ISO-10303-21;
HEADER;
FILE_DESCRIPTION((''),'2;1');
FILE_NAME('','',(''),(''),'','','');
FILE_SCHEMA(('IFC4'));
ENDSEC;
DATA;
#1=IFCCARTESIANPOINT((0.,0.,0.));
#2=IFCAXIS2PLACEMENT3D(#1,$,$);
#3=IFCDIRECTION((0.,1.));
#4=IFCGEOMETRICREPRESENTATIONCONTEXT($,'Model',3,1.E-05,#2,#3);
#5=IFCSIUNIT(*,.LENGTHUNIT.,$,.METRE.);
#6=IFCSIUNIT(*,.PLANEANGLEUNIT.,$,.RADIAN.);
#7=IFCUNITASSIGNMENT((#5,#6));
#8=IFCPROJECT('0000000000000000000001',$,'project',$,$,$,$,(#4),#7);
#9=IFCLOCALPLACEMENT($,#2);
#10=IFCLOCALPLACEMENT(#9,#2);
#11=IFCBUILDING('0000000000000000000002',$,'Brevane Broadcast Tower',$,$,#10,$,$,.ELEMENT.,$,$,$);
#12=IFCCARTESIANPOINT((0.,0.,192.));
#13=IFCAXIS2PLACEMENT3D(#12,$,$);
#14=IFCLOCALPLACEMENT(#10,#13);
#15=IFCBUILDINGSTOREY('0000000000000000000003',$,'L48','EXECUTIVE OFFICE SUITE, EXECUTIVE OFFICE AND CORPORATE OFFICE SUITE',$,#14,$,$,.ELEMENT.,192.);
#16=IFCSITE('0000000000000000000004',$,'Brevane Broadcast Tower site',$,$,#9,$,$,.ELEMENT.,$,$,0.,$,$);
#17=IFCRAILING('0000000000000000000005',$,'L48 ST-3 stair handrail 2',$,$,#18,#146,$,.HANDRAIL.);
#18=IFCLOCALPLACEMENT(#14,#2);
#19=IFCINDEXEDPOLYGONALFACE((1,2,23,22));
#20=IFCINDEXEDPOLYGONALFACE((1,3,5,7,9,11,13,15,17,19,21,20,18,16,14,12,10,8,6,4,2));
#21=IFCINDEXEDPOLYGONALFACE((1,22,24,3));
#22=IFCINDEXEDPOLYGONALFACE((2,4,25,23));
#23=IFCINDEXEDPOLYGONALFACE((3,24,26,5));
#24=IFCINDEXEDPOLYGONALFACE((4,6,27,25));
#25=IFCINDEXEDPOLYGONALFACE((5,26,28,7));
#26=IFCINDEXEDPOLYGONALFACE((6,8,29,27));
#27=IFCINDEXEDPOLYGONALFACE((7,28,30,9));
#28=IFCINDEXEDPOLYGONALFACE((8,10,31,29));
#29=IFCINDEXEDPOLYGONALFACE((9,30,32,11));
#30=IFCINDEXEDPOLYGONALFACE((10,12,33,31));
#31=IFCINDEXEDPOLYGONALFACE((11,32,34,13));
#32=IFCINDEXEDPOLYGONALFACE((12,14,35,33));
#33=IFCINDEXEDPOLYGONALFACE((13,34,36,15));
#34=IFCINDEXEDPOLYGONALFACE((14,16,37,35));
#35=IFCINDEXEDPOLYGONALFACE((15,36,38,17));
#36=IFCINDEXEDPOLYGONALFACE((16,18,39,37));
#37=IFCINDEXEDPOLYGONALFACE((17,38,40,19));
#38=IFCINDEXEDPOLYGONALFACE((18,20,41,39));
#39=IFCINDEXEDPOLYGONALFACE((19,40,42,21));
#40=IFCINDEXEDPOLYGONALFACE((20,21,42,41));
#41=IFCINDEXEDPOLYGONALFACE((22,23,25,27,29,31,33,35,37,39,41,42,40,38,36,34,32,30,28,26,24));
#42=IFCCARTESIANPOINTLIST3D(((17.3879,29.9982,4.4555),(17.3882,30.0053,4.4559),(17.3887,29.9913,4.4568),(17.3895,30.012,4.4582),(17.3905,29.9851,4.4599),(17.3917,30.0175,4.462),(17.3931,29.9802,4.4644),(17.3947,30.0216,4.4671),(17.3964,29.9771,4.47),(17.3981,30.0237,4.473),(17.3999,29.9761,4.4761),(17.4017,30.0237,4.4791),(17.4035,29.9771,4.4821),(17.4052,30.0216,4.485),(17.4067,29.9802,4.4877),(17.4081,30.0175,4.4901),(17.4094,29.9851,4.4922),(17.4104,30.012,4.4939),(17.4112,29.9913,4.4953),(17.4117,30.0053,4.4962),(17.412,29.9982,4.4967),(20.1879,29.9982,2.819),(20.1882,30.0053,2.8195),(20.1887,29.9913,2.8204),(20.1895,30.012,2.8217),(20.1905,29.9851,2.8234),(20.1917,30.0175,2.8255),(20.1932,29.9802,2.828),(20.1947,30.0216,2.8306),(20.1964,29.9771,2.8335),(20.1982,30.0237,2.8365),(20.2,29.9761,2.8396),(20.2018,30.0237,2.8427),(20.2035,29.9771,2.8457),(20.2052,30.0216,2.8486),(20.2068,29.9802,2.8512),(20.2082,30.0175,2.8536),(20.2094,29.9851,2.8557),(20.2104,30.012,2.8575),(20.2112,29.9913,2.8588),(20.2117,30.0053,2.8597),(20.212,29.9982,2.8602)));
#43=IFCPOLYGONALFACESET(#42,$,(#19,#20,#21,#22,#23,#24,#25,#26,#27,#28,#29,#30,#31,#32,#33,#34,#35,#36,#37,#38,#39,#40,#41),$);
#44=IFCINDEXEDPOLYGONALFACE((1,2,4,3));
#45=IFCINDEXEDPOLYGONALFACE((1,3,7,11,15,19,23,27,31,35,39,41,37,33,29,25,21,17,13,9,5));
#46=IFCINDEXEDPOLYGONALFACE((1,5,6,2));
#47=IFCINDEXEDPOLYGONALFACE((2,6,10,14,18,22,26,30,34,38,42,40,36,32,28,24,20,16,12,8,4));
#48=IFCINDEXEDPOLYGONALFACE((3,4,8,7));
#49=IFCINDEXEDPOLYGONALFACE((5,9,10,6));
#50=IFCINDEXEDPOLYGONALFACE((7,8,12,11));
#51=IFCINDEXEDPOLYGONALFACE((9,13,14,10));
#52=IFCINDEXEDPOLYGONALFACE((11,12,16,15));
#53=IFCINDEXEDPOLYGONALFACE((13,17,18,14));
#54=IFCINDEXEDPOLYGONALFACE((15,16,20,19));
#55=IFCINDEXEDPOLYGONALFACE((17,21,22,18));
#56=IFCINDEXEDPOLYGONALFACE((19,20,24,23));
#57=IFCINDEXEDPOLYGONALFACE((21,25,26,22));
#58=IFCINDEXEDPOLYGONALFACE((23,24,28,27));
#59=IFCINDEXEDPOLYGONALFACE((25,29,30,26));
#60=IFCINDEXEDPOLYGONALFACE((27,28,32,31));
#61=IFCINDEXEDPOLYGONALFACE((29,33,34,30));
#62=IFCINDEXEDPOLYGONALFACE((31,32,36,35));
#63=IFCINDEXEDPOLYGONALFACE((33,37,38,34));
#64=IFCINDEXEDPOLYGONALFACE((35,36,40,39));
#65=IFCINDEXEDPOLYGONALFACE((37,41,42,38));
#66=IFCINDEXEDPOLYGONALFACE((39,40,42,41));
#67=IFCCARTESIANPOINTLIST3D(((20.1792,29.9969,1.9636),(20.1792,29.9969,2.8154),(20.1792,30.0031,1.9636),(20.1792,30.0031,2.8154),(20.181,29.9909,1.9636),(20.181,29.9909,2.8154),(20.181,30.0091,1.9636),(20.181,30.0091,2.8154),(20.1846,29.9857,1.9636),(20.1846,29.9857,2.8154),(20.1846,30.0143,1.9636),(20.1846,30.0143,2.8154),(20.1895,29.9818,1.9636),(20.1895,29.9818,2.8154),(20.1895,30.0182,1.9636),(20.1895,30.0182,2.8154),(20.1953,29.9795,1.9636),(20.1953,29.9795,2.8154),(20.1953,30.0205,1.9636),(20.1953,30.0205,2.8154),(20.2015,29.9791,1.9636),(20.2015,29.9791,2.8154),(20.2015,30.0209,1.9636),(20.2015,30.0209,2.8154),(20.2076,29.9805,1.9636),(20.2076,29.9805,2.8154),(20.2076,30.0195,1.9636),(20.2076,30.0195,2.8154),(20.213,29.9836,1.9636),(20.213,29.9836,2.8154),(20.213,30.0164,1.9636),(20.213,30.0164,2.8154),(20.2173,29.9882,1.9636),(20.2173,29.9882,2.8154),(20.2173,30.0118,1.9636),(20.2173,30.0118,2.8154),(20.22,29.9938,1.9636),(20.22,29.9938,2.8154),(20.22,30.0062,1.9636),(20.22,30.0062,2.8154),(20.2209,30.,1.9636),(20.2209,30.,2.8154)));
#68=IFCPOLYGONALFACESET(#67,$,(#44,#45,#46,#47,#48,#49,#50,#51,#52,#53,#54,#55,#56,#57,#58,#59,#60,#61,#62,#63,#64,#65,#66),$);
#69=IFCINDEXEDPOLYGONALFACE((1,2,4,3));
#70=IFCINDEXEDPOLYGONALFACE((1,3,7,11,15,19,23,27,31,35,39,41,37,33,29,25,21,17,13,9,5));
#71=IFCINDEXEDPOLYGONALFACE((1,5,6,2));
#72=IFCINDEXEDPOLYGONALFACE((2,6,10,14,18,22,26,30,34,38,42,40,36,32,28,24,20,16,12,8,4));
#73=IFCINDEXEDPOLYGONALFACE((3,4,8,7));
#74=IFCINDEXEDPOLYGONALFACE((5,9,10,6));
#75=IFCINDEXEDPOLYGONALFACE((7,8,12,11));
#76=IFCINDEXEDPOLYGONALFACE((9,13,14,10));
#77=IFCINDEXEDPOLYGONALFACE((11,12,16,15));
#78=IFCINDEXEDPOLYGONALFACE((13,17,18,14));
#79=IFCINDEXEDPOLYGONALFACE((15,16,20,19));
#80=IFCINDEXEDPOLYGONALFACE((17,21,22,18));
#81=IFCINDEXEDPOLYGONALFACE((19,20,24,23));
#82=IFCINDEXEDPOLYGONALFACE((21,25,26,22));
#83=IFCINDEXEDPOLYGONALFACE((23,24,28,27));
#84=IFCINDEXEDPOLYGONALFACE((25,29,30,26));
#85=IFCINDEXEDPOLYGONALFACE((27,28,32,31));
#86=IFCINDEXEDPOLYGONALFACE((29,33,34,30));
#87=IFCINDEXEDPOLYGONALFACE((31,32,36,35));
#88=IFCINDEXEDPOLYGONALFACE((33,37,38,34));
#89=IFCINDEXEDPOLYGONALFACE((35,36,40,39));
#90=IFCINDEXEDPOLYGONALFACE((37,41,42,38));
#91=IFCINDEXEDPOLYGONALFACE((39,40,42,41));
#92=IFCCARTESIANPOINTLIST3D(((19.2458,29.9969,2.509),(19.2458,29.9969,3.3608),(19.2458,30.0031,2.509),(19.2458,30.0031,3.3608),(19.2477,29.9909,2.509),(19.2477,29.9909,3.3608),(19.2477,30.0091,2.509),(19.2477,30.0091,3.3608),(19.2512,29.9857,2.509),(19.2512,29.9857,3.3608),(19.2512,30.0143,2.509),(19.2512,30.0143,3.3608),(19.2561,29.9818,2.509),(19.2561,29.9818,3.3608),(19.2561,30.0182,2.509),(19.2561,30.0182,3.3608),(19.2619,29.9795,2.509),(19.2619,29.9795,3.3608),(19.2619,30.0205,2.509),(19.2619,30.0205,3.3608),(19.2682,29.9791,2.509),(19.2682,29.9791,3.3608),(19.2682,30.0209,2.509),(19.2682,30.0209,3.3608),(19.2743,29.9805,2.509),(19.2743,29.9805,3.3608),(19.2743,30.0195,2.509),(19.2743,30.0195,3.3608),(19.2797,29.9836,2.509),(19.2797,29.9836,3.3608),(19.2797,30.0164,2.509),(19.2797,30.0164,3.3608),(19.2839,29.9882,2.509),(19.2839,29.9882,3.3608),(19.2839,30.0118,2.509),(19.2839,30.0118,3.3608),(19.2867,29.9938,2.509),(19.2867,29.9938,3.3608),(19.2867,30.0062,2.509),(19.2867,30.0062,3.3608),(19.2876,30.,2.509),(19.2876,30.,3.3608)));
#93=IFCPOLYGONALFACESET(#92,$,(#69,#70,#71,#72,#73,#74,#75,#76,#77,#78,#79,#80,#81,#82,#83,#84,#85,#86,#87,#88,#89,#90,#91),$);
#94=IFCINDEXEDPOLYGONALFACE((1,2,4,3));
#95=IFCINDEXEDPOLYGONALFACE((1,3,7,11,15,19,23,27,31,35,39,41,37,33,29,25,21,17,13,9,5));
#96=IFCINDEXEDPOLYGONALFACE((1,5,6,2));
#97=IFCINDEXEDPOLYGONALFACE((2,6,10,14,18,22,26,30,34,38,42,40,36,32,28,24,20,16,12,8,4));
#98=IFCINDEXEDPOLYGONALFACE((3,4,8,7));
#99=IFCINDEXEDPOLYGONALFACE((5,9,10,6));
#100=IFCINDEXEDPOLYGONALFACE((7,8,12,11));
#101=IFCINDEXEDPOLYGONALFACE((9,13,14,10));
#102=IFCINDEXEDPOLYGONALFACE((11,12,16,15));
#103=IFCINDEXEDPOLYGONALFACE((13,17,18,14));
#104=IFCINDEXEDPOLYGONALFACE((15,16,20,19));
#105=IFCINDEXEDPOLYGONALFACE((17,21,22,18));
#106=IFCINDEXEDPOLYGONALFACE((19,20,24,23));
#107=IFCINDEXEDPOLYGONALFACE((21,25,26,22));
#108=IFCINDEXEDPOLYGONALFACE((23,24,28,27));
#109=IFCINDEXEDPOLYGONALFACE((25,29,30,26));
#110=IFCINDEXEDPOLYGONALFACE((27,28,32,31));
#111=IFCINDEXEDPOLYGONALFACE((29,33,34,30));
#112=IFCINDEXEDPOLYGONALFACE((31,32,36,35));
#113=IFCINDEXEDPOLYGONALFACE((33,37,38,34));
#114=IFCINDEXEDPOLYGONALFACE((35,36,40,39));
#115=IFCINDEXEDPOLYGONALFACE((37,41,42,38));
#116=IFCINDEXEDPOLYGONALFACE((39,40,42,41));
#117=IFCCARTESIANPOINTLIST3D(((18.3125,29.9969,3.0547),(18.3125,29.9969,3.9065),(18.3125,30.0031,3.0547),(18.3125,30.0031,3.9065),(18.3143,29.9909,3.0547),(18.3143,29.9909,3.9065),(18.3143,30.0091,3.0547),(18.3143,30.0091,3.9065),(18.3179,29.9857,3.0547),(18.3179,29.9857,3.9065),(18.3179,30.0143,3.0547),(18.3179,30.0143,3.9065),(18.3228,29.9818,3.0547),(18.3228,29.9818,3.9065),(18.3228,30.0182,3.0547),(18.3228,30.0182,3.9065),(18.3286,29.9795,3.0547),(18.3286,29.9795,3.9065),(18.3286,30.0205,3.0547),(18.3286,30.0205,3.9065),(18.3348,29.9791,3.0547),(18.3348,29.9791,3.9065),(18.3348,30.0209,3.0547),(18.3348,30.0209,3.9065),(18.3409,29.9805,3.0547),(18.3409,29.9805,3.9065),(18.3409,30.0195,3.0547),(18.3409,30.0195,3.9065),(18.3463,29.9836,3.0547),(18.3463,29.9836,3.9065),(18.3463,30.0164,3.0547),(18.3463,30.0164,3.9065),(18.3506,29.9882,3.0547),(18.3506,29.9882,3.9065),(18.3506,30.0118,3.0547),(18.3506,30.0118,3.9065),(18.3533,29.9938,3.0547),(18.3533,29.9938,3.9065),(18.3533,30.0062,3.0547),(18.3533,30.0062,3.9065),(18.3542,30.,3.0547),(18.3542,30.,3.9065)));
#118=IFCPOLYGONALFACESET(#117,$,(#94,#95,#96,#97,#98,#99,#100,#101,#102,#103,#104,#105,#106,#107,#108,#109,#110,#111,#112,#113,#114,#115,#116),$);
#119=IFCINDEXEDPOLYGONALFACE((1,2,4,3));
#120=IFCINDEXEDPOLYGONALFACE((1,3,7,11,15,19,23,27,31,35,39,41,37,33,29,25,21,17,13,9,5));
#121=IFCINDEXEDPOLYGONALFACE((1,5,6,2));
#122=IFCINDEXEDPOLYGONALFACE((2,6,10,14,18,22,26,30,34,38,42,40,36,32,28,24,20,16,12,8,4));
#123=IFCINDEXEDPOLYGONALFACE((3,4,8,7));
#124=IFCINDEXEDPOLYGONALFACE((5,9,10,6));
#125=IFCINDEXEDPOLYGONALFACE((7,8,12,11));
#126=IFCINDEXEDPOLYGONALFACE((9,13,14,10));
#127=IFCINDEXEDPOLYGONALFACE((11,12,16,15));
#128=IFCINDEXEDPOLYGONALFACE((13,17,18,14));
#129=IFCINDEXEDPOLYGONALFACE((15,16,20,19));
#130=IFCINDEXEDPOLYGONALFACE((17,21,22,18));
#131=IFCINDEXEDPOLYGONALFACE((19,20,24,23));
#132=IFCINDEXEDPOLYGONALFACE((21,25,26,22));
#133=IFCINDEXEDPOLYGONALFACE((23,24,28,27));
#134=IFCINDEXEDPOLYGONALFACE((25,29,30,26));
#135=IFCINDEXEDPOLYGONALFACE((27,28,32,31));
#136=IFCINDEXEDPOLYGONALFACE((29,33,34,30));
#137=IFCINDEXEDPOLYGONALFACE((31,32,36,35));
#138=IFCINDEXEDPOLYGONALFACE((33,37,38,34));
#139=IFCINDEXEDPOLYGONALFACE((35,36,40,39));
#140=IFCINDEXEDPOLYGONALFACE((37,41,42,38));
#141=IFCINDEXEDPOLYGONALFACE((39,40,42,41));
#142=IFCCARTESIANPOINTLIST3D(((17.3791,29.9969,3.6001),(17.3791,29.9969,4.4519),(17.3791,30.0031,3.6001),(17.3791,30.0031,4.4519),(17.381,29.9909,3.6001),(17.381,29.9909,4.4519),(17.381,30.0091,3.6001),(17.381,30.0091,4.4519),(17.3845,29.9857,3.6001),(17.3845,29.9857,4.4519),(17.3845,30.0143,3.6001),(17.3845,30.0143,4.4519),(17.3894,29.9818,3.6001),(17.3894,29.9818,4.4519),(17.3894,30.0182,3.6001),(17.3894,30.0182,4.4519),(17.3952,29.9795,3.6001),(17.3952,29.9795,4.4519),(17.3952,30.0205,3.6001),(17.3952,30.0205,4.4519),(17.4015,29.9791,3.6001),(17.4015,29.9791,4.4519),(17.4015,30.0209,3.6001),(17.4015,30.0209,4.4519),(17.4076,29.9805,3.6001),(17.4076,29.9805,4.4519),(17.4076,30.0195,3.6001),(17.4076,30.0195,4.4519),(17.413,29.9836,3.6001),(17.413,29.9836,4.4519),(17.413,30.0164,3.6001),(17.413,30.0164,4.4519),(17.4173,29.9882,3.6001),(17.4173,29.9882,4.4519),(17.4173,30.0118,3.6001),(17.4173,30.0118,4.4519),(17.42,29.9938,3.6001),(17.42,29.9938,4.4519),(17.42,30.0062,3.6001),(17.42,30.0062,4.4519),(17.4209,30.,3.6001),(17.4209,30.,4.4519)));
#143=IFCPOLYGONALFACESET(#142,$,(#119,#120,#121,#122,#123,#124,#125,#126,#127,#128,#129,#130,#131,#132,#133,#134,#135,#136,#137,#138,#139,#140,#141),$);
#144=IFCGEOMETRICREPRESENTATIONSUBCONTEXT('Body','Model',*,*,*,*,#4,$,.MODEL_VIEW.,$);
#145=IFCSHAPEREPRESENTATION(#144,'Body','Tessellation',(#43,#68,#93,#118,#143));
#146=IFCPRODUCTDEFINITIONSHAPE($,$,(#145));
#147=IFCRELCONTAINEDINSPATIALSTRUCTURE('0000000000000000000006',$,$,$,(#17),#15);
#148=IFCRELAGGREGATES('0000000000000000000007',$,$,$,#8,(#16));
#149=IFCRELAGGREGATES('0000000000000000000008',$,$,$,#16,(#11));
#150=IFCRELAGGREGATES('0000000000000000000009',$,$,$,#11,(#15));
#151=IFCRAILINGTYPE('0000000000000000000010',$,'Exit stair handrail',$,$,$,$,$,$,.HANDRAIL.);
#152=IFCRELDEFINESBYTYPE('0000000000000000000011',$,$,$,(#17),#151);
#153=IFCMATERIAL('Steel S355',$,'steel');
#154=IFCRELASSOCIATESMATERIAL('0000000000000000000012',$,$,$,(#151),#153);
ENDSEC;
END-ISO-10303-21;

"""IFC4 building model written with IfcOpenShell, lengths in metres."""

from ifc_helpers import new_model, si_unit, direction, frame, origin, origin_2d, place, context, subcontext, project, spatial, circle, extrude, material, type_object, element, save


model = new_model("IFC4")

# Units and contexts
model_context = context("Model", 3, precision=1e-05, world=origin(), true_north=direction((0.0, 1.0)))
body_context = subcontext(model_context, "Body", "Model", "MODEL_VIEW")
ifc_project = project(units=[si_unit("LENGTHUNIT", "METRE"), si_unit("PLANEANGLEUNIT", "RADIAN")], contexts=[model_context])

# Site, building, storey
site_placement = place(None, origin())
site = spatial("IfcSite", under=ifc_project, at=site_placement, Name="Brevane Broadcast Tower site", CompositionType="ELEMENT", RefElevation=0.0)
building_placement = place(site_placement, origin())
building = spatial("IfcBuilding", under=site, at=building_placement, Name="Brevane Broadcast Tower", CompositionType="ELEMENT")
storey_placement = place(building_placement, frame((0.0, 0.0, 192.0)))
storey = spatial("IfcBuildingStorey", under=building, at=storey_placement, Name="L48", Description="EXECUTIVE OFFICE SUITE, EXECUTIVE OFFICE AND CORPORATE OFFICE SUITE", CompositionType="ELEMENT", Elevation=192.0)

# Railing
ifc_material_1 = material(Name="Steel S355", Category="steel")
railing_type_1 = type_object("IfcRailingType", Name="Exit stair handrail", PredefinedType="HANDRAIL", material=ifc_material_1)
railing_1_placement = place(storey_placement, frame((20.2, 30.0, 1.9636)))
element("IfcRailing", 1, at=railing_1_placement, inside=storey, type_object=railing_type_1, Name="L48 ST-3 stair handrail 2", PredefinedType="HANDRAIL", context=body_context, shape_type="SweptSolid", body=[
    extrude(circle(Radius=0.0239, at=origin_2d()), frame((0.0, 0.0, 0.876), z_axis=(-0.863361, 0.0, 0.504587), x_axis=(0.0, -1.0, 0.0)), (0.0, 0.0, 1.0), 3.2432),
    extrude(circle(Radius=0.021, at=origin_2d()), origin(), (0.0, 0.0, 1.0), 0.8518),
    extrude(circle(Radius=0.021, at=origin_2d()), frame((-0.9333, 0.0, 0.5454)), (0.0, 0.0, 1.0), 0.8518),
    extrude(circle(Radius=0.021, at=origin_2d()), frame((-1.8667, 0.0, 1.0911)), (0.0, 0.0, 1.0), 0.8518),
    extrude(circle(Radius=0.021, at=origin_2d()), frame((-2.8, 0.0, 1.6365)), (0.0, 0.0, 1.0), 0.8518),
])

save(model, "model.ifc")
